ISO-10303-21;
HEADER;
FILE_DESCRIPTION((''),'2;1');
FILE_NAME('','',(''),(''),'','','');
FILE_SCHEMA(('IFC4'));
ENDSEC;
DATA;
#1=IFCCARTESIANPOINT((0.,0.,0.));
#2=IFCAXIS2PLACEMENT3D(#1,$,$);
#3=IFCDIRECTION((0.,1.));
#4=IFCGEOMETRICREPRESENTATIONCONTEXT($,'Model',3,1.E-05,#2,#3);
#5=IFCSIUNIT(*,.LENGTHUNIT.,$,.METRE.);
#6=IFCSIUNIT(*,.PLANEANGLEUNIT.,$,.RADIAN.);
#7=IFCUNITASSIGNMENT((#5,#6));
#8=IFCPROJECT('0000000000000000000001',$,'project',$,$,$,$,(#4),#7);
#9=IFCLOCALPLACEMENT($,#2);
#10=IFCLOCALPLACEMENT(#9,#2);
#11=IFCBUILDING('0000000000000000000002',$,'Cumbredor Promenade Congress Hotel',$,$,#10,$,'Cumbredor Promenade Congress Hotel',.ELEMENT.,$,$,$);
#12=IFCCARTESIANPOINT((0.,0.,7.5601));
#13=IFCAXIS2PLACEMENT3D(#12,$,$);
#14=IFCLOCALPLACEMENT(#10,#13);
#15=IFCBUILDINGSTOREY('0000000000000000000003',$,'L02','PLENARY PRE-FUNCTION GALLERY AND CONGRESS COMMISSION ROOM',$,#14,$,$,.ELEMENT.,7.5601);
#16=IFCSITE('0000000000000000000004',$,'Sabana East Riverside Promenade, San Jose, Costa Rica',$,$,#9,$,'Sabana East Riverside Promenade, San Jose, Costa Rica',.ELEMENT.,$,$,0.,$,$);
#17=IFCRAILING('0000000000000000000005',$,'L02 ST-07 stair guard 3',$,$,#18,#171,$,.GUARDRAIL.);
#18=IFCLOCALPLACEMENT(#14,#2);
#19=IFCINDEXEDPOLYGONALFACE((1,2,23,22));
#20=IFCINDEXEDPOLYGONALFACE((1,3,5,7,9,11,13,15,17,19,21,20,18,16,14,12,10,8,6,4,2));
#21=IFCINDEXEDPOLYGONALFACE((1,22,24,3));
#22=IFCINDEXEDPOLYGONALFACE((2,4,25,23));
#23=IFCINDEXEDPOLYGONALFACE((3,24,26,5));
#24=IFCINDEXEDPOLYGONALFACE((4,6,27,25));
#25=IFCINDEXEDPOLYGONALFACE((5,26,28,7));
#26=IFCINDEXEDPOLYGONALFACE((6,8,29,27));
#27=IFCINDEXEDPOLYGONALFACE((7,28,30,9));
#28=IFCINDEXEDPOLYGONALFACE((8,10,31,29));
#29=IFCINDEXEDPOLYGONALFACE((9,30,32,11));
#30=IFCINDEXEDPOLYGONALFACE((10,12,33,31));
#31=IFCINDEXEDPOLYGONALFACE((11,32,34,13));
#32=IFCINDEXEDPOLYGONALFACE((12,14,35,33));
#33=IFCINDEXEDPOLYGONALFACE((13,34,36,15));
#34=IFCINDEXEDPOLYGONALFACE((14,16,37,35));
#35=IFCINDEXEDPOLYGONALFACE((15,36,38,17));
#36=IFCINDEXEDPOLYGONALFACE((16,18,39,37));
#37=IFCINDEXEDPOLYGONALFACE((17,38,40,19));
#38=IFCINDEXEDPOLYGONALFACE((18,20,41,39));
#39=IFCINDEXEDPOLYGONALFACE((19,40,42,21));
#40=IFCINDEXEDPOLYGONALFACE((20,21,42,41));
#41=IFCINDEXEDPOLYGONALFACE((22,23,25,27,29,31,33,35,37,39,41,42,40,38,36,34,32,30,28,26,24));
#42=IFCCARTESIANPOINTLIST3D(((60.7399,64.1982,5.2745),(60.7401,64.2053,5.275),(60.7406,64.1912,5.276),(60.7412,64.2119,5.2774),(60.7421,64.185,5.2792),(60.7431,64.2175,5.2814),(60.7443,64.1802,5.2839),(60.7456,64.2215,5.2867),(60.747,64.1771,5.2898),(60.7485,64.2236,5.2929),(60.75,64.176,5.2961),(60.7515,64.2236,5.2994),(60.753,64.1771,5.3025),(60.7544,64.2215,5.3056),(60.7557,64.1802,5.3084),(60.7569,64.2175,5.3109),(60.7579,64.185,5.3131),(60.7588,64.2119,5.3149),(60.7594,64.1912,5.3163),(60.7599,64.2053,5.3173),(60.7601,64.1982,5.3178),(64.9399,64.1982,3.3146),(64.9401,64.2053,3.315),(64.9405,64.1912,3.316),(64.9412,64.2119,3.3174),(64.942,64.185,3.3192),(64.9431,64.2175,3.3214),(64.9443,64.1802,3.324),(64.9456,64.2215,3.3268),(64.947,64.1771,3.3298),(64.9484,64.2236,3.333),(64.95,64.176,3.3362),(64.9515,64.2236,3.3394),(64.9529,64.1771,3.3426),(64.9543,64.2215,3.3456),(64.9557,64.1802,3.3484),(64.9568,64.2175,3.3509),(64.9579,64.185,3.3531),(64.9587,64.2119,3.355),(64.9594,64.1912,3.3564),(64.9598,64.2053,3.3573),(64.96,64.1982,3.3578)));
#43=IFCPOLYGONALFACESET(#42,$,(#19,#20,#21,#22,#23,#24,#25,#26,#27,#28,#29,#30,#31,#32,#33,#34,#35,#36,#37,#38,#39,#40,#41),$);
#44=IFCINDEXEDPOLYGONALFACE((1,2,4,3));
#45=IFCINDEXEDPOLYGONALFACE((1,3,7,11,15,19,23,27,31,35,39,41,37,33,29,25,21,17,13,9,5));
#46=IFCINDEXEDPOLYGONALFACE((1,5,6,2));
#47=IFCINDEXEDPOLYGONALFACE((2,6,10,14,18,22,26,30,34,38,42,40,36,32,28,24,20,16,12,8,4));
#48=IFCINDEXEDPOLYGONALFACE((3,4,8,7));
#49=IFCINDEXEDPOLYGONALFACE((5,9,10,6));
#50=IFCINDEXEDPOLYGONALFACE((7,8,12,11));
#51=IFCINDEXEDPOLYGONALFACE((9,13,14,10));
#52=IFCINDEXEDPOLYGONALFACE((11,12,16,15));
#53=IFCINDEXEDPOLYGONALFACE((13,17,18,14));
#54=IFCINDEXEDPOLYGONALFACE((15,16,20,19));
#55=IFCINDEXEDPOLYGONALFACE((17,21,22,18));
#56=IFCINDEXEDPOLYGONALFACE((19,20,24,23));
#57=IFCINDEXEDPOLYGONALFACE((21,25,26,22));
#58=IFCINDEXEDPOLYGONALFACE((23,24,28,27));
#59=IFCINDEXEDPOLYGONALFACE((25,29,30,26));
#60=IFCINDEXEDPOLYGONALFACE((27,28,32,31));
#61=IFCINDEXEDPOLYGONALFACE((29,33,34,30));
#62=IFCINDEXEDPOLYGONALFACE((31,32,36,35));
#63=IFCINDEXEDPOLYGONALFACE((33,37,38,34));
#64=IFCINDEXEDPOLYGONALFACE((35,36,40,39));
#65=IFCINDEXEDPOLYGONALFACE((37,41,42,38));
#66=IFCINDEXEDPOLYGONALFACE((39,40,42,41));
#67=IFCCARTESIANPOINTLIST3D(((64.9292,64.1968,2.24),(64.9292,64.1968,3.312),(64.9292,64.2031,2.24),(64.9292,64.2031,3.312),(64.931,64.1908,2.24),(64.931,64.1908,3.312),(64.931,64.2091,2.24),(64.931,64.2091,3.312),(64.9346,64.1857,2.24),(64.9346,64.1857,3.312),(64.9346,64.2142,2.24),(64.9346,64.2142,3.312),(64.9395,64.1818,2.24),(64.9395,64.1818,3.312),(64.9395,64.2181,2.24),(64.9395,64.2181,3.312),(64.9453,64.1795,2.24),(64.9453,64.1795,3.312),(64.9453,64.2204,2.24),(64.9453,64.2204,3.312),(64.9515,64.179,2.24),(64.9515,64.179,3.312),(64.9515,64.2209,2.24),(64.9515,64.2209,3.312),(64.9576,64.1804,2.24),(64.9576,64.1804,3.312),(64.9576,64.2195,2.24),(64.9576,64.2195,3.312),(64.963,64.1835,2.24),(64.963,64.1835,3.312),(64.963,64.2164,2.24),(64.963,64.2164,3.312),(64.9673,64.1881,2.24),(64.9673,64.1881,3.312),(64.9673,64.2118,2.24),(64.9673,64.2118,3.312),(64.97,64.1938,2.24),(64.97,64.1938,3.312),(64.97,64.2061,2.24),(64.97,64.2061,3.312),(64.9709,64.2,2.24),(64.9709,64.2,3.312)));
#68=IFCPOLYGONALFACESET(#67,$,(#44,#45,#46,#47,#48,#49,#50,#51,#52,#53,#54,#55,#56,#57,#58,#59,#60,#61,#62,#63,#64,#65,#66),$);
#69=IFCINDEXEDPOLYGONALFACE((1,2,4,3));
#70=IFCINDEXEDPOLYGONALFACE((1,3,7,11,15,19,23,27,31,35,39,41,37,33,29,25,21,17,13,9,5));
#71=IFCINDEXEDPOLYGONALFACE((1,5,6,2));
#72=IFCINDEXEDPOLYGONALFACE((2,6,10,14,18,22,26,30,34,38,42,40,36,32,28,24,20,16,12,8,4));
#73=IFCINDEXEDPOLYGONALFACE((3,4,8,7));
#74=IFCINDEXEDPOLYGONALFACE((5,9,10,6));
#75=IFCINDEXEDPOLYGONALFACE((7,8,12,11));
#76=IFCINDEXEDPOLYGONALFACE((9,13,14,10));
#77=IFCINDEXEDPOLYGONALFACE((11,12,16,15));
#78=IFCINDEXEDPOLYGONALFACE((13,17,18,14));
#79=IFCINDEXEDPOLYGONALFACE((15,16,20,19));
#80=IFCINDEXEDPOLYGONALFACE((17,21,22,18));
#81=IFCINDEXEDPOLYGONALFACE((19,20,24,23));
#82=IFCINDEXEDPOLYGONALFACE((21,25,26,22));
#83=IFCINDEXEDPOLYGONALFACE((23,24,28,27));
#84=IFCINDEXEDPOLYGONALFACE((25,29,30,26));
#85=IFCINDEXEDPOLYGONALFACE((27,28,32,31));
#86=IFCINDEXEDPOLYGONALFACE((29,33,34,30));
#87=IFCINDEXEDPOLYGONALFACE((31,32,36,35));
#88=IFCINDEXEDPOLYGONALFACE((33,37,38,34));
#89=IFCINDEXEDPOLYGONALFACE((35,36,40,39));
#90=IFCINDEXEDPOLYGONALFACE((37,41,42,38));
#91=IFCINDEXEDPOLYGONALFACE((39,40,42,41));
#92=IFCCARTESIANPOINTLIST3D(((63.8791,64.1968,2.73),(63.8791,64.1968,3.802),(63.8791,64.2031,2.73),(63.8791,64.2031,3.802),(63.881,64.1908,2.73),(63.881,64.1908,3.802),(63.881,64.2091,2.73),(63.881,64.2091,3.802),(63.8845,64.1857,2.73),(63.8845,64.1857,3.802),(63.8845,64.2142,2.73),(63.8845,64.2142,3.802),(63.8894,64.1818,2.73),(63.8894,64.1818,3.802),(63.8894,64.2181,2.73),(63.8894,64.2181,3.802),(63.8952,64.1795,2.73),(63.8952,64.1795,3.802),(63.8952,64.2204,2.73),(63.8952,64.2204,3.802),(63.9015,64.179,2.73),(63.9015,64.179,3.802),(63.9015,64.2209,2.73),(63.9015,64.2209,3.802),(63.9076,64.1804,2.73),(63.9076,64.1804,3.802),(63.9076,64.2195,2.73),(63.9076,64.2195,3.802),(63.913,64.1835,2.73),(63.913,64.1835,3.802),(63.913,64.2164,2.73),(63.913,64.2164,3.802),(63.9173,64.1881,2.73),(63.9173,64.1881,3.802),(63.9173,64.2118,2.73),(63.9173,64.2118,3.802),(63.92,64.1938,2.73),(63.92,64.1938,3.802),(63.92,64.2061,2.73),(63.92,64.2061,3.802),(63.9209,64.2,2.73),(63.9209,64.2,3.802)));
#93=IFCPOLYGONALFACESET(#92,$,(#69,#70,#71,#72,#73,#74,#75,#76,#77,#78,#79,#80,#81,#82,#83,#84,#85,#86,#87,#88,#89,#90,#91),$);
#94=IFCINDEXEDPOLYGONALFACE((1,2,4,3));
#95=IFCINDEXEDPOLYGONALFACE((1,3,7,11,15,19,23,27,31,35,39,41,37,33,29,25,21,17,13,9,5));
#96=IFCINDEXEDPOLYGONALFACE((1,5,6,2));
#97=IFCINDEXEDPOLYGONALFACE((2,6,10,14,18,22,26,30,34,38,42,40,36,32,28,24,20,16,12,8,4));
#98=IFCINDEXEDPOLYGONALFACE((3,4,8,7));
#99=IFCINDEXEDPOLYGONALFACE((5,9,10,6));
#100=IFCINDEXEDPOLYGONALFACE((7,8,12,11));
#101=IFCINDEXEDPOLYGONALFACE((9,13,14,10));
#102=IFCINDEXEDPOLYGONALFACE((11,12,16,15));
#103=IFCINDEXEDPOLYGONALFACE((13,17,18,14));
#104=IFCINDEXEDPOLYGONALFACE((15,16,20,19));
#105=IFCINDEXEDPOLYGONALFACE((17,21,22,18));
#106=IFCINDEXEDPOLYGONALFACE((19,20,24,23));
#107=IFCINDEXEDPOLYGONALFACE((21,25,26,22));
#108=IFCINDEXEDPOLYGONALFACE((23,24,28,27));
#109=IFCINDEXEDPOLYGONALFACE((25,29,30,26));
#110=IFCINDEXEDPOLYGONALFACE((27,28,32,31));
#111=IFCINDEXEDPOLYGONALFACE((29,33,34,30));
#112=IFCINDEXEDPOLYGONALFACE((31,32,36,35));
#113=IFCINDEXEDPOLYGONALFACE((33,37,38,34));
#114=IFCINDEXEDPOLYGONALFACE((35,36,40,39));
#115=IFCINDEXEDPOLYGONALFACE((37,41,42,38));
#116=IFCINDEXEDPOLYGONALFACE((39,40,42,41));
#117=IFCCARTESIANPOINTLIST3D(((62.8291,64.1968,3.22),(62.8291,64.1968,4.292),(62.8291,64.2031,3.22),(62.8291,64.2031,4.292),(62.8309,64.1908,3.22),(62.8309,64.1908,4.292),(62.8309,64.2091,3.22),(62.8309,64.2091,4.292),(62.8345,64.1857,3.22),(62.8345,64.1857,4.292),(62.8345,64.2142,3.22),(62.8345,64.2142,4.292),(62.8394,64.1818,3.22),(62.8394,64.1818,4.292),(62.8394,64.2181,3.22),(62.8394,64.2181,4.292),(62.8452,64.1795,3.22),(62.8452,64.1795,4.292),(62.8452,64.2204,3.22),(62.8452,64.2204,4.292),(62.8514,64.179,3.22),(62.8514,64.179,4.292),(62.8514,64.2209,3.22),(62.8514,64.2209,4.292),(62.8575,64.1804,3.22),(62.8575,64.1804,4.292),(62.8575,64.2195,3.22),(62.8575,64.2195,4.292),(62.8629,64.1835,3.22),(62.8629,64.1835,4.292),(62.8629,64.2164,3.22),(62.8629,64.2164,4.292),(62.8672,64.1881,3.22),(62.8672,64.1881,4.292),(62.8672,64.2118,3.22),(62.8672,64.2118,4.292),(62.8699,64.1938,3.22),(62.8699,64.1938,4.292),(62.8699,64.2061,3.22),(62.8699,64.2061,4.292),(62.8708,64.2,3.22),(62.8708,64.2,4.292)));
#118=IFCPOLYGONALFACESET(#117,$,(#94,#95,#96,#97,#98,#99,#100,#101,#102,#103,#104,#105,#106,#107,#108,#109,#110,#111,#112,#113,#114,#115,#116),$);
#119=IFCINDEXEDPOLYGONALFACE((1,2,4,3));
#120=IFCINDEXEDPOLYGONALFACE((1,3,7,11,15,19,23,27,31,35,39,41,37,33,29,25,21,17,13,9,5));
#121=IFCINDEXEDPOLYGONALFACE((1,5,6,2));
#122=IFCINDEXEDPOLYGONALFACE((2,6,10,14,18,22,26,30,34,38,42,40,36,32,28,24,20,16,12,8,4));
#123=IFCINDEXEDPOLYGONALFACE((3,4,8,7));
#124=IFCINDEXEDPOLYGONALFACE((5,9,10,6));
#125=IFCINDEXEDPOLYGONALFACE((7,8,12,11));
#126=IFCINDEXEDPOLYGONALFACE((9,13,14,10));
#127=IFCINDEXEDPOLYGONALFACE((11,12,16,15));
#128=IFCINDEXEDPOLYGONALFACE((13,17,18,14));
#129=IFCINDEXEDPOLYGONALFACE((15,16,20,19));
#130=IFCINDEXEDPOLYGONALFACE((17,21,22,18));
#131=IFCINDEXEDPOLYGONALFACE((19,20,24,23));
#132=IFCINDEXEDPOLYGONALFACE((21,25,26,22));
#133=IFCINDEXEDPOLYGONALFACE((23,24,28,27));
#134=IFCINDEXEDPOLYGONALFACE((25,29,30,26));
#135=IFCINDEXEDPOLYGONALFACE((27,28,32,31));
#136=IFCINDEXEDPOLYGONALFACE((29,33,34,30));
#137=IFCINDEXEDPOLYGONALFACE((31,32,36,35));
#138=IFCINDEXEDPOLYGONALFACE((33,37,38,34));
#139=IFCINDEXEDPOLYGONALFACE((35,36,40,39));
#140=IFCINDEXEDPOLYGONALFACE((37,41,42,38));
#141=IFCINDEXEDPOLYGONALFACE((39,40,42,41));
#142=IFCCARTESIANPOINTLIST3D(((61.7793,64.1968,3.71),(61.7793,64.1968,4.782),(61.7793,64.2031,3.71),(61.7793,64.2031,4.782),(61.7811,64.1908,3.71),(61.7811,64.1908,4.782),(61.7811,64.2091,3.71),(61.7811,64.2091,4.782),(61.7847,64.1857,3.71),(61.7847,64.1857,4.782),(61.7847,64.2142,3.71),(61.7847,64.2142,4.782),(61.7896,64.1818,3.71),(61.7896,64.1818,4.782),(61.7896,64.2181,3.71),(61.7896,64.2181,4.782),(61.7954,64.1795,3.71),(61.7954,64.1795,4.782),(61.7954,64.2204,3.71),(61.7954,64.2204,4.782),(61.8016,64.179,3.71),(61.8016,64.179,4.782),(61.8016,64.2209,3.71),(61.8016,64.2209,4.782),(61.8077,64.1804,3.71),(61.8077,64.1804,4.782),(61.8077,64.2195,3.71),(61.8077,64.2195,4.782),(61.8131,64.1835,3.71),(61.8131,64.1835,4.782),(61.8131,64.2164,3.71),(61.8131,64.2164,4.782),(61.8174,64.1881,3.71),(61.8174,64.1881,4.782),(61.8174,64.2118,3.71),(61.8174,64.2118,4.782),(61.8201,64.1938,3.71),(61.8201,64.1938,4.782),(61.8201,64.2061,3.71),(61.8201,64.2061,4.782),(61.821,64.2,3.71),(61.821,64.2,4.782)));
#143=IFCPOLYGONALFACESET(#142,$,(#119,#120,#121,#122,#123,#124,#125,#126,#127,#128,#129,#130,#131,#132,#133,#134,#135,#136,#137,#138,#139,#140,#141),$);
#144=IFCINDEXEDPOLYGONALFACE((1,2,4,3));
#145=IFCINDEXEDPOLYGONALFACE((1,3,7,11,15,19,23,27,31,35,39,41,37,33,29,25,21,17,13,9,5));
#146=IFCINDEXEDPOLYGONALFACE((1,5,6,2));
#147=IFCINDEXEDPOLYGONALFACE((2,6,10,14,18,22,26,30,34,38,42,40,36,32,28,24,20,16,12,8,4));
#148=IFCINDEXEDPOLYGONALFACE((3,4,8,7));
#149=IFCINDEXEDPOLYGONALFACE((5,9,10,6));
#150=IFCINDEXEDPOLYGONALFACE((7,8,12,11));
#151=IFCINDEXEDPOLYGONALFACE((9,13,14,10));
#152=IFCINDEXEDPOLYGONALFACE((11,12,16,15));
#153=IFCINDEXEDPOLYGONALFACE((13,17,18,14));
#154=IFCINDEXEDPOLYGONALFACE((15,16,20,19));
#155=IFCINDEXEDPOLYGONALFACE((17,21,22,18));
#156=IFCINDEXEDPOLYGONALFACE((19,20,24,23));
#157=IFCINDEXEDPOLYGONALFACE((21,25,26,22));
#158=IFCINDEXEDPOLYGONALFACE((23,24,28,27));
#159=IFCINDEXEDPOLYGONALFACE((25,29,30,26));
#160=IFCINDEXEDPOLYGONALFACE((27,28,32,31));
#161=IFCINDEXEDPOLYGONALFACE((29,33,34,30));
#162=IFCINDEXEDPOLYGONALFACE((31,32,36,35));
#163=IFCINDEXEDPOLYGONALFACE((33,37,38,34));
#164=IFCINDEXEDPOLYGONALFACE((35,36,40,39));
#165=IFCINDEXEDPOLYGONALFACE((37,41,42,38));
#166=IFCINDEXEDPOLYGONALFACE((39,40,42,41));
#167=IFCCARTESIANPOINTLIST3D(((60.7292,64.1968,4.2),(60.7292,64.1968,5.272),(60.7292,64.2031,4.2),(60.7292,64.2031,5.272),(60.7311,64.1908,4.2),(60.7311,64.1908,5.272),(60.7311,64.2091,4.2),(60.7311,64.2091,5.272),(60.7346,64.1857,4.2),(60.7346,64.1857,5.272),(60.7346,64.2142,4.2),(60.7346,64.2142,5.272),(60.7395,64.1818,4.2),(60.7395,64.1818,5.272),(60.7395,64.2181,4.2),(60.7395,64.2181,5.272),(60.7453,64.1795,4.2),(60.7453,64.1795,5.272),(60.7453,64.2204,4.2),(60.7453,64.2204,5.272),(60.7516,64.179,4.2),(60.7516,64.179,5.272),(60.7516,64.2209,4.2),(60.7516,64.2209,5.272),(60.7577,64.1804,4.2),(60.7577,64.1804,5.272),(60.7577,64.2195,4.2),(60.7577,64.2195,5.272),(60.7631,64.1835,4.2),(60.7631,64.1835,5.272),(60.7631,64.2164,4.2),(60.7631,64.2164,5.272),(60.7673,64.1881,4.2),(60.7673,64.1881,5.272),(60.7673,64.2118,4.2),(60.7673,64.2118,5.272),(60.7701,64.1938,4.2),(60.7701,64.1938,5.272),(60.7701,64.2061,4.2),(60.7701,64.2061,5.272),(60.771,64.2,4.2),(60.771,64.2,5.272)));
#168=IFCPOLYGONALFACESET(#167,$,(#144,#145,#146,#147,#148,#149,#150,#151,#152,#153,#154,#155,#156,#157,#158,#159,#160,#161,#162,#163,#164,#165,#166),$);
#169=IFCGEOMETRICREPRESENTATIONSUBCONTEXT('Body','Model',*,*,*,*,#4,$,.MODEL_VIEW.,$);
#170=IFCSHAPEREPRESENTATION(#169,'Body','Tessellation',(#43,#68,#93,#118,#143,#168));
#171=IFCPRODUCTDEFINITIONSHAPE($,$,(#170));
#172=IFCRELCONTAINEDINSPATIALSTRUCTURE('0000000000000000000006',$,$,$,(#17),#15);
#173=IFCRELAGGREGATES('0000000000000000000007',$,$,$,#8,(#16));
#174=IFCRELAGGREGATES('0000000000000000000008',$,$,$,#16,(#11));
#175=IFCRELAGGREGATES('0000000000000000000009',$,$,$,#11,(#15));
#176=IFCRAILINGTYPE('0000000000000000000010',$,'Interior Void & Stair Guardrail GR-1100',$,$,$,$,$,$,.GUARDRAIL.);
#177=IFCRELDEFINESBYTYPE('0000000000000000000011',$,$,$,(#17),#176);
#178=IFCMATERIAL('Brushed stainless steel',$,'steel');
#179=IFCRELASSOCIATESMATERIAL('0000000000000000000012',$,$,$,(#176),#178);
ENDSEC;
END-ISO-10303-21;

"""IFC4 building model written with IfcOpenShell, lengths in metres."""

from ifc_helpers import new_model, si_unit, direction, frame, origin, origin_2d, place, context, subcontext, project, spatial, circle, extrude, material, type_object, element, save


model = new_model("IFC4")

# Units and contexts
model_context = context("Model", 3, precision=1e-05, world=origin(), true_north=direction((0.0, 1.0)))
body_context = subcontext(model_context, "Body", "Model", "MODEL_VIEW")
ifc_project = project(units=[si_unit("LENGTHUNIT", "METRE"), si_unit("PLANEANGLEUNIT", "RADIAN")], contexts=[model_context])

# Site, building, storey
site_placement = place(None, origin())
site = spatial("IfcSite", under=ifc_project, at=site_placement, Name="Sabana East Riverside Promenade, San Jose, Costa Rica", LongName="Sabana East Riverside Promenade, San Jose, Costa Rica", CompositionType="ELEMENT", RefElevation=0.0)
building_placement = place(site_placement, origin())
building = spatial("IfcBuilding", under=site, at=building_placement, Name="Cumbredor Promenade Congress Hotel", LongName="Cumbredor Promenade Congress Hotel", CompositionType="ELEMENT")
storey_placement = place(building_placement, frame((0.0, 0.0, 7.5601)))
storey = spatial("IfcBuildingStorey", under=building, at=storey_placement, Name="L02", Description="PLENARY PRE-FUNCTION GALLERY AND CONGRESS COMMISSION ROOM", CompositionType="ELEMENT", Elevation=7.5601)

# Railing
ifc_material_1 = material(Name="Brushed stainless steel", Category="steel")
railing_type_1 = type_object("IfcRailingType", Name="Interior Void & Stair Guardrail GR-1100", PredefinedType="GUARDRAIL", material=ifc_material_1)
railing_1_placement = place(storey_placement, frame((64.95, 64.2, 2.24)))
element("IfcRailing", 1, at=railing_1_placement, inside=storey, type_object=railing_type_1, Name="L02 ST-07 stair guard 3", PredefinedType="GUARDRAIL", context=body_context, shape_type="SweptSolid", body=[
    extrude(circle(Radius=0.0239, at=origin_2d()), frame((0.0, 0.0, 1.0962), z_axis=(-0.906184, 0.0, 0.422883), x_axis=(0.0, -1.0, 0.0)), (0.0, 0.0, 1.0), 4.6348),
    extrude(circle(Radius=0.021, at=origin_2d()), origin(), (0.0, 0.0, 1.0), 1.072),
    extrude(circle(Radius=0.021, at=origin_2d()), frame((-1.05, 0.0, 0.49)), (0.0, 0.0, 1.0), 1.072),
    extrude(circle(Radius=0.021, at=origin_2d()), frame((-2.1001, 0.0, 0.98)), (0.0, 0.0, 1.0), 1.072),
    extrude(circle(Radius=0.021, at=origin_2d()), frame((-3.1499, 0.0, 1.47)), (0.0, 0.0, 1.0), 1.072),
    extrude(circle(Radius=0.021, at=origin_2d()), frame((-4.2, 0.0, 1.96)), (0.0, 0.0, 1.0), 1.072),
])

save(model, "model.ifc")
